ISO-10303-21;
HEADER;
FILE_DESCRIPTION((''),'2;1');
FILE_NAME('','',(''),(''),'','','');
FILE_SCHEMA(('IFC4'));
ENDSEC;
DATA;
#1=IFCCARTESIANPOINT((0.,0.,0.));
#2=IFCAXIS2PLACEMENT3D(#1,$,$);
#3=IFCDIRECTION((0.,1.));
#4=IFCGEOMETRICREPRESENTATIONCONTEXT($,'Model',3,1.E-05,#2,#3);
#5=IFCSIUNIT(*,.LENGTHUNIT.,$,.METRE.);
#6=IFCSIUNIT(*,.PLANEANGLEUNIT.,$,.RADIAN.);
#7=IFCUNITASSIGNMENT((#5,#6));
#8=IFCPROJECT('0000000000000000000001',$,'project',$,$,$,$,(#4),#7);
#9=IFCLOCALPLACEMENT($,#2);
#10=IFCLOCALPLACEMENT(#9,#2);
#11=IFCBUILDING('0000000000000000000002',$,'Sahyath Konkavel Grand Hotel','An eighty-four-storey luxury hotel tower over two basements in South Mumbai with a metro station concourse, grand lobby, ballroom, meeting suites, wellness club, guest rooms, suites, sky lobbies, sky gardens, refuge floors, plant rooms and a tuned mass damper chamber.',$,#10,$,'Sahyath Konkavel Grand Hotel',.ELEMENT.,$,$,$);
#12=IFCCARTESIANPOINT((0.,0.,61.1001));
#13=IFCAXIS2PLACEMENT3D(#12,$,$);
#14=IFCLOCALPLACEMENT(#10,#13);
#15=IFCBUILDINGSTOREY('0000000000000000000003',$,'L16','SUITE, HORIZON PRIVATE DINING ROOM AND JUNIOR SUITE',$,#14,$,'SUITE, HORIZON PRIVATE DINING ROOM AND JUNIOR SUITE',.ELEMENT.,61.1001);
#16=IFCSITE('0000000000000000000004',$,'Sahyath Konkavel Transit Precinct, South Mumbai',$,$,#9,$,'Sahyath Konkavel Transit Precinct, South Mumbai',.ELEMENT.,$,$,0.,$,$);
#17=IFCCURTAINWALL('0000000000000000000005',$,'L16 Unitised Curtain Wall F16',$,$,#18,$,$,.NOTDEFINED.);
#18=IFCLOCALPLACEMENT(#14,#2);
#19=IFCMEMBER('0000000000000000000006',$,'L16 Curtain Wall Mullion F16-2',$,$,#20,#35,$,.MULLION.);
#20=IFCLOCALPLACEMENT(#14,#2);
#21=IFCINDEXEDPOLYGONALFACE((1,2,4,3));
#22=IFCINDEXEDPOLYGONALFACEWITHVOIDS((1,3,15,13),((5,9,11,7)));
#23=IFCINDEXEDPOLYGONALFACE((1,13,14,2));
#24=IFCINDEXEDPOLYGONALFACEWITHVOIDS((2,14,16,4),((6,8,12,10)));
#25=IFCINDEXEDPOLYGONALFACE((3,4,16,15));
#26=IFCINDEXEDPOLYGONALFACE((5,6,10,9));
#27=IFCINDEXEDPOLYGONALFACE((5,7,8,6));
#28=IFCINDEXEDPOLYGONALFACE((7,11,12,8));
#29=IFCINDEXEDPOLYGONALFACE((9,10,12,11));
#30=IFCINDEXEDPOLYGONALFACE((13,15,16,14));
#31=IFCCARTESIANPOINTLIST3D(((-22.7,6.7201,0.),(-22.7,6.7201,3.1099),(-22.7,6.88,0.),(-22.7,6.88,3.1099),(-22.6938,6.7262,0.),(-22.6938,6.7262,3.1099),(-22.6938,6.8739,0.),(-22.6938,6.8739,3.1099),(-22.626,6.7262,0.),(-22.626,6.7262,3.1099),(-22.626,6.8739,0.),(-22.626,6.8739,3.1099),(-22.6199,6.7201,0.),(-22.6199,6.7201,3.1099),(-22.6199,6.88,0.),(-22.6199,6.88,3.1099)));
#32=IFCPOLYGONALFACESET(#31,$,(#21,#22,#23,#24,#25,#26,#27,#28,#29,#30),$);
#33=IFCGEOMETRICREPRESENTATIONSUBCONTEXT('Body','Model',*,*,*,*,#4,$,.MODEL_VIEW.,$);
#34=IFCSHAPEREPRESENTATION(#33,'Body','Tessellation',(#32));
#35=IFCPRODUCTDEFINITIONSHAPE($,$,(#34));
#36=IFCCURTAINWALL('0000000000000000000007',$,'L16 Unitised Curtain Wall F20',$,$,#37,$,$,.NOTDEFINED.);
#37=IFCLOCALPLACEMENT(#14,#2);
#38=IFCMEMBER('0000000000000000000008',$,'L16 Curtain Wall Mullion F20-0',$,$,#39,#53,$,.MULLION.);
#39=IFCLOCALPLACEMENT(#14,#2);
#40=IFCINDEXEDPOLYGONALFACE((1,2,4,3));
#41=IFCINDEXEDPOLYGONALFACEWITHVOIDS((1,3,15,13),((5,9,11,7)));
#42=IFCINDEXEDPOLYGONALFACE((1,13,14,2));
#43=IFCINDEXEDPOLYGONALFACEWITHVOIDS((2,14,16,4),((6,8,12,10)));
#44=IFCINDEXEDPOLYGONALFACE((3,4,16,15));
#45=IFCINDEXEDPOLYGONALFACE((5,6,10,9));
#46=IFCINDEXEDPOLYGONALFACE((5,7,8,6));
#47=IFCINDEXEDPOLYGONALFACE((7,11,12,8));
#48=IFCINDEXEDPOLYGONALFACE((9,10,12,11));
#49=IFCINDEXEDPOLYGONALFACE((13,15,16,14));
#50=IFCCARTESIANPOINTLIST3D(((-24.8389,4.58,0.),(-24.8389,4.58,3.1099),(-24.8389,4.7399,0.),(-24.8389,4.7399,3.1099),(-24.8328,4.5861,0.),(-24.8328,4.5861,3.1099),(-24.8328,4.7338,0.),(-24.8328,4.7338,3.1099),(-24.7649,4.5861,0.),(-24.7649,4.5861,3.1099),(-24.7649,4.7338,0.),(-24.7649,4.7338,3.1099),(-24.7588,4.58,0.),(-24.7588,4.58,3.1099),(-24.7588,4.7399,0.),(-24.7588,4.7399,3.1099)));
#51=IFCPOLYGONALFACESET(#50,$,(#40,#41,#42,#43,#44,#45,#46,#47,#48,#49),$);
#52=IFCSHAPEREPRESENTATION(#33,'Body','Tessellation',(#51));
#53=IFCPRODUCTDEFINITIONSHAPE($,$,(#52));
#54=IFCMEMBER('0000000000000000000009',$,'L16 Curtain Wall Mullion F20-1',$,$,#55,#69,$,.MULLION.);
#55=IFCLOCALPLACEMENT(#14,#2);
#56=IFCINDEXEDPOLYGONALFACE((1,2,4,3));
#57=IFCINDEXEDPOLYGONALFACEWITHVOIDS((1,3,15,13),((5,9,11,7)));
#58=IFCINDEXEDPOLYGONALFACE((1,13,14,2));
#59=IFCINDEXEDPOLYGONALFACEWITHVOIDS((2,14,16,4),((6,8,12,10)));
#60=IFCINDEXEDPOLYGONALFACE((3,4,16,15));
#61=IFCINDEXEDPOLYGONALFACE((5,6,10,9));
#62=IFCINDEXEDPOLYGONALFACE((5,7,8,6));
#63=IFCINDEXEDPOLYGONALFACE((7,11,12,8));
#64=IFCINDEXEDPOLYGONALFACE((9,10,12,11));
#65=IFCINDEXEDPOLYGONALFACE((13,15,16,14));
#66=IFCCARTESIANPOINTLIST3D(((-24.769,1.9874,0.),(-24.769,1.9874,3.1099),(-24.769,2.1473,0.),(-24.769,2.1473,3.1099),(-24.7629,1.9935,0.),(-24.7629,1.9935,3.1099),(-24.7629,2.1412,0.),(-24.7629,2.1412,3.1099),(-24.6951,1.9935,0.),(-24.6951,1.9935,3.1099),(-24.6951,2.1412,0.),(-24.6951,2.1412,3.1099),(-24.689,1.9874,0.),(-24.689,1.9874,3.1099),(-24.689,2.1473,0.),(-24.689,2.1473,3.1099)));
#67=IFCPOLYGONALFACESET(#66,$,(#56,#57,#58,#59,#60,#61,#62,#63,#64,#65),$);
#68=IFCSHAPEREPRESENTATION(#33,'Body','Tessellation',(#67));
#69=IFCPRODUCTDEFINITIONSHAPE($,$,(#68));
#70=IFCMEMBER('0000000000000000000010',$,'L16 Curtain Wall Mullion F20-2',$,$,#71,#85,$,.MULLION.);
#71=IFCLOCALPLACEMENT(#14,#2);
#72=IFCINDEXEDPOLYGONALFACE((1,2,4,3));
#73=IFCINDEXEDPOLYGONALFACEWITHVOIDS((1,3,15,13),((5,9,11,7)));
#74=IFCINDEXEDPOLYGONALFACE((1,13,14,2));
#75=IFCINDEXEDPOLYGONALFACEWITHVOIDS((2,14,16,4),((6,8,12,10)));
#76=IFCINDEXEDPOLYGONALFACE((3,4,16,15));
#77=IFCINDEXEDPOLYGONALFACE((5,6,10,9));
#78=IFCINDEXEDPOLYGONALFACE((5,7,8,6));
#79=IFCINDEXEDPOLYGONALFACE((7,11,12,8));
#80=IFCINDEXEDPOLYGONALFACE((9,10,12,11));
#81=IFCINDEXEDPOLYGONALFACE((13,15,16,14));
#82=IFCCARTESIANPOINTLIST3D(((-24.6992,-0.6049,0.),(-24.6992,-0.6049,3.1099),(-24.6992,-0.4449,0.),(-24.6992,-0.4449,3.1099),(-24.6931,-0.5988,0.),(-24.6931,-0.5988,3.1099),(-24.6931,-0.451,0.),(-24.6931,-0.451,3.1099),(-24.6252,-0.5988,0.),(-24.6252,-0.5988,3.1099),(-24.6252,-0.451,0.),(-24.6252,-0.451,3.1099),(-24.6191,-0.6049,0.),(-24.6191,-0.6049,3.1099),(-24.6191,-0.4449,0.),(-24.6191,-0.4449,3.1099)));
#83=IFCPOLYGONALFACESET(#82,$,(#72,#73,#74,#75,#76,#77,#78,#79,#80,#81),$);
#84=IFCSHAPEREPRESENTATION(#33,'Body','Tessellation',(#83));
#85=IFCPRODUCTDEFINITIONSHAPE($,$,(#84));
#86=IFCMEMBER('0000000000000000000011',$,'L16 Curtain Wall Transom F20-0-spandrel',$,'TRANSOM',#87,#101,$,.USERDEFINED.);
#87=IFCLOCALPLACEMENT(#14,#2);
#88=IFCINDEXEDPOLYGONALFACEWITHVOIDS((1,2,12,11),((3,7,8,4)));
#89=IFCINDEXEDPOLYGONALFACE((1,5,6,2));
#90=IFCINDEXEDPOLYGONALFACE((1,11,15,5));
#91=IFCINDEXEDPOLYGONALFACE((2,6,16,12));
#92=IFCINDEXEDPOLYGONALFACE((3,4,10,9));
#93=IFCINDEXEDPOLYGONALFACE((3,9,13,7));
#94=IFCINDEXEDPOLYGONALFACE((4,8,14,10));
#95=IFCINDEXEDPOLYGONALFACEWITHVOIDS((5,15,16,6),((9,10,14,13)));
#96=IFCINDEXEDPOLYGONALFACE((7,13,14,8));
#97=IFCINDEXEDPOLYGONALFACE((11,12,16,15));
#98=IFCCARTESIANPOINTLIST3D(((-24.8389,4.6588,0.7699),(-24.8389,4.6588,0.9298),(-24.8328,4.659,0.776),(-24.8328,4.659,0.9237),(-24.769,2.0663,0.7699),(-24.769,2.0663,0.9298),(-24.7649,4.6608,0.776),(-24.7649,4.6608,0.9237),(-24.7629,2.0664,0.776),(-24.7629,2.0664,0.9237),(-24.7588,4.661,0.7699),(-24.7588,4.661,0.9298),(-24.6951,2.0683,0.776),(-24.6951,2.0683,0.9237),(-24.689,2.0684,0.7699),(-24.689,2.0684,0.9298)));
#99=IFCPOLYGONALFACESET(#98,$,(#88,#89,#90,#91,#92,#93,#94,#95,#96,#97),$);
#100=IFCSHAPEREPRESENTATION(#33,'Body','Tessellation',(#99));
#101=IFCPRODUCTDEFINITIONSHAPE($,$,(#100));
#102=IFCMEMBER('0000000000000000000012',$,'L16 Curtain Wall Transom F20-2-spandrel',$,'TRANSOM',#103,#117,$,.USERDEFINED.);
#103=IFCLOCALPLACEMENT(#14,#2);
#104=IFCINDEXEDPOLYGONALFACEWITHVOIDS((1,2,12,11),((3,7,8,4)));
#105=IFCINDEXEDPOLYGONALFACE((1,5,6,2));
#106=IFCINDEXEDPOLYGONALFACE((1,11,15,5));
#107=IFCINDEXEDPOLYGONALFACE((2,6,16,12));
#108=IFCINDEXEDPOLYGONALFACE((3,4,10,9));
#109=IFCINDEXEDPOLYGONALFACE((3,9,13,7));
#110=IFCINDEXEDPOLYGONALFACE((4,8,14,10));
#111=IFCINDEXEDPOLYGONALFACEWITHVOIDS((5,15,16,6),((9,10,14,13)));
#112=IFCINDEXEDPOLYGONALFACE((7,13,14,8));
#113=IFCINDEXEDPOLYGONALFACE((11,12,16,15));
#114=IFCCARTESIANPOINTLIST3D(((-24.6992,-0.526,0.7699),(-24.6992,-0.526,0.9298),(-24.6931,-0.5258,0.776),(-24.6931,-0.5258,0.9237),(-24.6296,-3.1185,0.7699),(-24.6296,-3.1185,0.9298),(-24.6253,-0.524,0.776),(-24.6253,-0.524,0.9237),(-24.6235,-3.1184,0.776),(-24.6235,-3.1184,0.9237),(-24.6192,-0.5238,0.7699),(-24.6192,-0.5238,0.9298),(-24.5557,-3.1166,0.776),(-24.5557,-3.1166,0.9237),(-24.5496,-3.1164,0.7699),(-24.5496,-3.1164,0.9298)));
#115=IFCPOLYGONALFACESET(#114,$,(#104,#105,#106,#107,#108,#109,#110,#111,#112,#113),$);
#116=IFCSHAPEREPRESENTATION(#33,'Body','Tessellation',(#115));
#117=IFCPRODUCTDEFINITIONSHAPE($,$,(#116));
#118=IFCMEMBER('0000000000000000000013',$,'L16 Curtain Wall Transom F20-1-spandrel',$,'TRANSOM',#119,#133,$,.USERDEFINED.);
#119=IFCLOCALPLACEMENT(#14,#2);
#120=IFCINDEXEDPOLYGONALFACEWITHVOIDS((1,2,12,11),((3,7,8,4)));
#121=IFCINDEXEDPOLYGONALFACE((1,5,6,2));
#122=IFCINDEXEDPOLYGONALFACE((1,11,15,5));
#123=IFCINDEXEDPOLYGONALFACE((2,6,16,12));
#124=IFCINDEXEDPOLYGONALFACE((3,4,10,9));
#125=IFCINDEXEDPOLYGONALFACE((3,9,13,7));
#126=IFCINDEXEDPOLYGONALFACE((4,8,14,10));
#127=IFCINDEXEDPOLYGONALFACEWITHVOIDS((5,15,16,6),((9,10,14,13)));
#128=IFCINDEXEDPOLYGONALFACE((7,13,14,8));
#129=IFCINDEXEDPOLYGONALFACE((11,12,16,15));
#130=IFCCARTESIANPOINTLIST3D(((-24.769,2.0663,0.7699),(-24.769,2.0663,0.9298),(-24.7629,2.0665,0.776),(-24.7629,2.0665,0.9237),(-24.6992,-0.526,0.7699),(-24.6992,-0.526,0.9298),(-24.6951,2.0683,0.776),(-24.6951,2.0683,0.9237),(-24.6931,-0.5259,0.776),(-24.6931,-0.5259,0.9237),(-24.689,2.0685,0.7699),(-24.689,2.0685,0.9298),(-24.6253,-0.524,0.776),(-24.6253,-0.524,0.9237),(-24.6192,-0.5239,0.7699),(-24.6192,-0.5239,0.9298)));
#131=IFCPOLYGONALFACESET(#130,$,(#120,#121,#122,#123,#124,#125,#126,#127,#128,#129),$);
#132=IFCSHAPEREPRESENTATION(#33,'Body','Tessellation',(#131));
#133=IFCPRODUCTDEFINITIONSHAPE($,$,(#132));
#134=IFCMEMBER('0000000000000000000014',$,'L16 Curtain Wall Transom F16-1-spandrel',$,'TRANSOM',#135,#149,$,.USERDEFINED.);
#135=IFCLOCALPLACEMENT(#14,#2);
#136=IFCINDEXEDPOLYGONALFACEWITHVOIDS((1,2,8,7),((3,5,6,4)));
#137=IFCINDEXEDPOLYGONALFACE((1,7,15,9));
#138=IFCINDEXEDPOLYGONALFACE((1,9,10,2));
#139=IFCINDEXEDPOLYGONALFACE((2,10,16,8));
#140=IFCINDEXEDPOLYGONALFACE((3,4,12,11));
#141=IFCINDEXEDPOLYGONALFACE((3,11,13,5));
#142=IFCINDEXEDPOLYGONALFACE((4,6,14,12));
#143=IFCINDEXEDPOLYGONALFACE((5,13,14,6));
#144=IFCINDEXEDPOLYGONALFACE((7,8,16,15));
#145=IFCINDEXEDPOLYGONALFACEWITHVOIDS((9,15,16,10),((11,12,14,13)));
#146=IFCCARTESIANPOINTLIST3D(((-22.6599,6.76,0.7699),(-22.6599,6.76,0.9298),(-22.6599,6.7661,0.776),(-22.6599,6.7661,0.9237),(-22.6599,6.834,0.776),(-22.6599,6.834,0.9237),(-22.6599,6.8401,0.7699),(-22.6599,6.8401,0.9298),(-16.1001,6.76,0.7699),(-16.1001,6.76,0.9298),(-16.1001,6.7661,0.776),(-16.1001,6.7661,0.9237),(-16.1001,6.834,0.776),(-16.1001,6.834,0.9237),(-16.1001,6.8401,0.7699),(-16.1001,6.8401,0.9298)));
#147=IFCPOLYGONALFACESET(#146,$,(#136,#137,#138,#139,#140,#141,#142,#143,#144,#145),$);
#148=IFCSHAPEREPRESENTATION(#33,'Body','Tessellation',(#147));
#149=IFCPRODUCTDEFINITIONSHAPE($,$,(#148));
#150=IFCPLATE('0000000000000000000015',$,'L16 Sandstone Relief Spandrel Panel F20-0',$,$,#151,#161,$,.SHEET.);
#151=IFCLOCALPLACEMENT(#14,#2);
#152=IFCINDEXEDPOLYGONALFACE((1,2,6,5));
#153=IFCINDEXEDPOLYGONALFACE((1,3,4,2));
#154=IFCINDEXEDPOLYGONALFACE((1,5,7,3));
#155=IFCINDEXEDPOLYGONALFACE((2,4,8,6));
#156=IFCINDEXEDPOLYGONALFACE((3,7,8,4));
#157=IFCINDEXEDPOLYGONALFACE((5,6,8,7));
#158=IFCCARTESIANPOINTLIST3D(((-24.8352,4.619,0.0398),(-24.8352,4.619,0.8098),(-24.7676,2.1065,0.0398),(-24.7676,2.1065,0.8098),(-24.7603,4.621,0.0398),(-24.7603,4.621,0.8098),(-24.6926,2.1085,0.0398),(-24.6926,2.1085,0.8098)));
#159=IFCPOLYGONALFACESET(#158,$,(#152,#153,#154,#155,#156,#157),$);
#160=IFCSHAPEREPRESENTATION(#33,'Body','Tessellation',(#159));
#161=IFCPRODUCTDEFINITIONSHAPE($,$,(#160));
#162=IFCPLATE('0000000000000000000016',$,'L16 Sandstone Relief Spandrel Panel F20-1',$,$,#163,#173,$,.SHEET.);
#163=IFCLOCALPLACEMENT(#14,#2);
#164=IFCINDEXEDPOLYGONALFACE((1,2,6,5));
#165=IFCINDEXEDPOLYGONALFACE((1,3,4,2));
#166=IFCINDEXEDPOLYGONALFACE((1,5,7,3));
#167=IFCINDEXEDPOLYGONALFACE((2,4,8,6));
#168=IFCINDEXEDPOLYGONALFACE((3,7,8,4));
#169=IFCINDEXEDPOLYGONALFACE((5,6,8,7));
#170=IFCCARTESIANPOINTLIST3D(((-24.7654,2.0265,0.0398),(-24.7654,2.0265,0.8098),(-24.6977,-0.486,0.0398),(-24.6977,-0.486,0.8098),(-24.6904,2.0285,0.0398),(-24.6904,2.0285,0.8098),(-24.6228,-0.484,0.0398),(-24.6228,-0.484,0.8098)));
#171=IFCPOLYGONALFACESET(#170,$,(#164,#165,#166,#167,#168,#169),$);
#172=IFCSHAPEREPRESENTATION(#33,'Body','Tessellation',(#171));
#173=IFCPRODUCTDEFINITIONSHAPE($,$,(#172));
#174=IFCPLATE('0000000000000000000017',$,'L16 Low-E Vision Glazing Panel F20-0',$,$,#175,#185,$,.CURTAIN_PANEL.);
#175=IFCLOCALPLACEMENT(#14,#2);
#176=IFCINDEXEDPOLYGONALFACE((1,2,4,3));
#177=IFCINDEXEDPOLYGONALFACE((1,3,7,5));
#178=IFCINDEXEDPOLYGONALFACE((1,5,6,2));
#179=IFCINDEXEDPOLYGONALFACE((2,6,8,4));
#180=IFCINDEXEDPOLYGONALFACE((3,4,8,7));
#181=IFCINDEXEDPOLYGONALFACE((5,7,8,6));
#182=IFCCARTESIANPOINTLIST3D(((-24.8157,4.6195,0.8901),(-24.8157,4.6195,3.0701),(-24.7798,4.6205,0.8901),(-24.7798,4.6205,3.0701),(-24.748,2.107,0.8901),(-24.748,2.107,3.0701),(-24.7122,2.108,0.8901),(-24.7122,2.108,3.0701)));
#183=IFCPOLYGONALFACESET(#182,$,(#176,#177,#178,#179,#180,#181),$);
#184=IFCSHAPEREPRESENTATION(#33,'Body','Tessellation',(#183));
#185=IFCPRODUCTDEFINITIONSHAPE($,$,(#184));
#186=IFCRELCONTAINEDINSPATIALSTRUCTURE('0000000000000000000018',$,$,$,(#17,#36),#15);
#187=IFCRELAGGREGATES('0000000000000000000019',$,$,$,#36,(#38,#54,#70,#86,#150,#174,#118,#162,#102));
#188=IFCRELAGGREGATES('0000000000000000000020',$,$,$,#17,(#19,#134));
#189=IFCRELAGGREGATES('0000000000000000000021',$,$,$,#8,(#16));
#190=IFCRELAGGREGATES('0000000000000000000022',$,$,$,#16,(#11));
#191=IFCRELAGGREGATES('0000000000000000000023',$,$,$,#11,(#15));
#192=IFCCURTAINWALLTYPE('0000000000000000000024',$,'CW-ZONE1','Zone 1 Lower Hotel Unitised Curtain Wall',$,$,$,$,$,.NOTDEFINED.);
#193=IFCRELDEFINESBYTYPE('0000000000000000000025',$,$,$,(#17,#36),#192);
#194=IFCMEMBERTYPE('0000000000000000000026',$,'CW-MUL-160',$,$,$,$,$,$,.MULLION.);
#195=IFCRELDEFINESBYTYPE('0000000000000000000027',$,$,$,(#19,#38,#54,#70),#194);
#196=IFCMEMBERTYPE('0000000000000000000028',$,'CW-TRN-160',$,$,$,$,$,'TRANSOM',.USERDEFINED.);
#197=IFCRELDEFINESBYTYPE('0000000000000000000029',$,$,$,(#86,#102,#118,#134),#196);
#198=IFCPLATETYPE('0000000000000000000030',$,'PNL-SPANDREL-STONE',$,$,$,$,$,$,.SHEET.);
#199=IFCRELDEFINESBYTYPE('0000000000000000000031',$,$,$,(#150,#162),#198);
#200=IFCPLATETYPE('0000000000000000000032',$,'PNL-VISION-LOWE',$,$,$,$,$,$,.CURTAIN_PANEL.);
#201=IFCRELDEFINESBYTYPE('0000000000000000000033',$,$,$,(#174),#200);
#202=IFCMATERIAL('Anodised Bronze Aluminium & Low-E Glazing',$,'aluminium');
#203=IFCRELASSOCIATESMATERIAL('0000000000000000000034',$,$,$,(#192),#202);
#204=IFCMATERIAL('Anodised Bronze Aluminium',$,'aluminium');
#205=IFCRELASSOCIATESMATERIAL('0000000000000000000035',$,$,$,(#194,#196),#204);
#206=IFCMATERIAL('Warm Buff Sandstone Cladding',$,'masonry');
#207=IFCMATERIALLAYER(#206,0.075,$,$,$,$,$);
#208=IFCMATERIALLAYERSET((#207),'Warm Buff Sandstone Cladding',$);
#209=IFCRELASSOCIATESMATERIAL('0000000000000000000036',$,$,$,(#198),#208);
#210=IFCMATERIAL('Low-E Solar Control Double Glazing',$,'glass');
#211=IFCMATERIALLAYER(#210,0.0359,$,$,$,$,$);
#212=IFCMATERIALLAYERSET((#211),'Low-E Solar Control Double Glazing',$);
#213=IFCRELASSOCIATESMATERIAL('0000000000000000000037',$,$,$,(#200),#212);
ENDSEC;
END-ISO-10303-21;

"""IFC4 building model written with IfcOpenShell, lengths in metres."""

from ifc_helpers import new_model, si_unit, direction, frame, origin, origin_2d, place, context, subcontext, project, spatial, rectangle, hollow_rectangle, extrude, source, transform, mapped, material, layer, layer_set, material_profile, profile_set, type_object, element, aggregate, save


model = new_model("IFC4")

# Units and contexts
model_context = context("Model", 3, precision=1e-05, world=origin(), true_north=direction((0.0, 1.0)))
body_context = subcontext(model_context, "Body", "Model", "MODEL_VIEW")
ifc_project = project(units=[si_unit("LENGTHUNIT", "METRE"), si_unit("PLANEANGLEUNIT", "RADIAN")], contexts=[model_context])

# Site, building, storey
site_placement = place(None, origin())
site = spatial("IfcSite", under=ifc_project, at=site_placement, Name="Sahyath Konkavel Transit Precinct, South Mumbai", LongName="Sahyath Konkavel Transit Precinct, South Mumbai", CompositionType="ELEMENT", RefElevation=0.0)
building_placement = place(site_placement, origin())
building = spatial("IfcBuilding", under=site, at=building_placement, Name="Sahyath Konkavel Grand Hotel", Description="An eighty-four-storey luxury hotel tower over two basements in South Mumbai with a metro station concourse, grand lobby, ballroom, meeting suites, wellness club, guest rooms, suites, sky lobbies, sky gardens, refuge floors, plant rooms and a tuned mass damper chamber.", LongName="Sahyath Konkavel Grand Hotel", CompositionType="ELEMENT")
storey_placement = place(building_placement, frame((0.0, 0.0, 61.1001)))
storey = spatial("IfcBuildingStorey", under=building, at=storey_placement, Name="L16", Description="SUITE, HORIZON PRIVATE DINING ROOM AND JUNIOR SUITE", LongName="SUITE, HORIZON PRIVATE DINING ROOM AND JUNIOR SUITE", CompositionType="ELEMENT", Elevation=61.1001)

# Curtain walls, members
ifc_material_1 = material(Name="Anodised Bronze Aluminium & Low-E Glazing", Category="aluminium")
curtain_wall_type = type_object("IfcCurtainWallType", Name="CW-ZONE1", Description="Zone 1 Lower Hotel Unitised Curtain Wall", PredefinedType="NOTDEFINED", material=ifc_material_1)
curtain_wall_1_placement = place(storey_placement, origin())
curtain_wall_1 = element("IfcCurtainWall", 1, at=curtain_wall_1_placement, inside=storey, type_object=curtain_wall_type, Name="L16 Unitised Curtain Wall F16", PredefinedType="NOTDEFINED")
ifc_material_2 = material(Name="Anodised Bronze Aluminium", Category="aluminium")
ifc_material_profile_1 = material_profile(ifc_material_2, hollow_rectangle(XDim=0.0801, YDim=0.1599, WallThickness=0.0061, at=origin_2d()), Name="RHS 160x80x6")
ifc_profile_set_1 = profile_set([ifc_material_profile_1], Name="Anodised Bronze Aluminium")
member_type_1 = type_object("IfcMemberType", Name="CW-MUL-160", PredefinedType="MULLION", material=ifc_profile_set_1)
shared_shape_1 = source(origin(), body_context, "Body", "SweptSolid", [
    extrude(hollow_rectangle(XDim=0.0801, YDim=0.1599, WallThickness=0.0061, at=origin_2d()), origin(), (0.0, 0.0, 1.0), 3.1099),
])
member_1_placement = place(storey_placement, frame((-22.6599, 6.8, 0.0), z_axis=(0.0, 0.0, 1.0), x_axis=(1.0, 0.0, 0.0)))
member_1 = element("IfcMember", 2, at=member_1_placement, type_object=member_type_1, Name="L16 Curtain Wall Mullion F16-2", PredefinedType="MULLION", context=body_context, shape_type="MappedRepresentation", body=[
    mapped(shared_shape_1, transform((0.0, 0.0, 0.0), scale=1.0)),
])
curtain_wall_2_placement = place(storey_placement, origin())
curtain_wall_2 = element("IfcCurtainWall", 3, at=curtain_wall_2_placement, inside=storey, type_object=curtain_wall_type, Name="L16 Unitised Curtain Wall F20", PredefinedType="NOTDEFINED")
member_2_placement = place(storey_placement, frame((-24.7988, 4.6599, 0.0), z_axis=(0.0, 0.0, 1.0), x_axis=(1.0, 0.0, 0.0)))
member_2 = element("IfcMember", 4, at=member_2_placement, type_object=member_type_1, Name="L16 Curtain Wall Mullion F20-0", PredefinedType="MULLION", context=body_context, shape_type="MappedRepresentation", body=[
    mapped(shared_shape_1, transform((0.0, 0.0, 0.0), scale=1.0)),
])
member_3_placement = place(storey_placement, frame((-24.729, 2.0674, 0.0), z_axis=(0.0, 0.0, 1.0), x_axis=(1.0, 0.0, 0.0)))
member_3 = element("IfcMember", 5, at=member_3_placement, type_object=member_type_1, Name="L16 Curtain Wall Mullion F20-1", PredefinedType="MULLION", context=body_context, shape_type="MappedRepresentation", body=[
    mapped(shared_shape_1, transform((0.0, 0.0, 0.0), scale=1.0)),
])
member_4_placement = place(storey_placement, frame((-24.6592, -0.5249, 0.0), z_axis=(0.0, 0.0, 1.0), x_axis=(1.0, 0.0, 0.0)))
member_4 = element("IfcMember", 6, at=member_4_placement, type_object=member_type_1, Name="L16 Curtain Wall Mullion F20-2", PredefinedType="MULLION", context=body_context, shape_type="MappedRepresentation", body=[
    mapped(shared_shape_1, transform((0.0, 0.0, 0.0), scale=1.0)),
])
ifc_material_profile_2 = material_profile(ifc_material_2, hollow_rectangle(XDim=0.0801, YDim=0.1599, WallThickness=0.0061, at=origin_2d()), Name="RHS 160x80x6")
ifc_profile_set_2 = profile_set([ifc_material_profile_2], Name="Anodised Bronze Aluminium")
member_type_2 = type_object("IfcMemberType", Name="CW-TRN-160", ElementType="TRANSOM", PredefinedType="USERDEFINED", material=ifc_profile_set_2)
shared_shape_2 = source(origin(), body_context, "Body", "SweptSolid", [
    extrude(hollow_rectangle(XDim=0.0801, YDim=0.1599, WallThickness=0.0061, at=origin_2d()), origin(), (0.0, 0.0, 1.0), 2.5935),
])
member_5_placement = place(storey_placement, frame((-24.7988, 4.6599, 0.8499), z_axis=(0.026923, -0.999638, 0.0), x_axis=(0.999638, 0.026923, 0.0)))
member_5 = element("IfcMember", 7, at=member_5_placement, type_object=member_type_2, Name="L16 Curtain Wall Transom F20-0-spandrel", ObjectType="TRANSOM", PredefinedType="USERDEFINED", context=body_context, shape_type="MappedRepresentation", body=[
    mapped(shared_shape_2, transform((0.0, 0.0, 0.0), scale=1.0)),
])
member_6_placement = place(storey_placement, frame((-24.6592, -0.5249, 0.8499), z_axis=(0.026829, -0.99964, 0.0), x_axis=(0.99964, 0.026829, 0.0)))
member_6 = element("IfcMember", 8, at=member_6_placement, type_object=member_type_2, Name="L16 Curtain Wall Transom F20-2-spandrel", ObjectType="TRANSOM", PredefinedType="USERDEFINED", context=body_context, shape_type="MappedRepresentation", body=[
    mapped(shared_shape_2, transform((0.0, 0.0, 0.0), scale=1.0)),
])
shared_shape_3 = source(origin(), body_context, "Body", "SweptSolid", [
    extrude(hollow_rectangle(XDim=0.0801, YDim=0.1599, WallThickness=0.0061, at=origin_2d()), origin(), (0.0, 0.0, 1.0), 2.5933),
])
member_7_placement = place(storey_placement, frame((-24.729, 2.0674, 0.8499), z_axis=(0.026926, -0.999637, 0.0), x_axis=(0.999637, 0.026926, 0.0)))
member_7 = element("IfcMember", 9, at=member_7_placement, type_object=member_type_2, Name="L16 Curtain Wall Transom F20-1-spandrel", ObjectType="TRANSOM", PredefinedType="USERDEFINED", context=body_context, shape_type="MappedRepresentation", body=[
    mapped(shared_shape_3, transform((0.0, 0.0, 0.0), scale=1.0)),
])

# Member
shared_shape_4 = source(origin(), body_context, "Body", "SweptSolid", [
    extrude(hollow_rectangle(XDim=0.0801, YDim=0.1599, WallThickness=0.0061, at=origin_2d()), origin(), (0.0, 0.0, 1.0), 6.5598),
])
member_8_placement = place(storey_placement, frame((-16.1001, 6.8, 0.8499), z_axis=(-1.0, 0.0, 0.0), x_axis=(0.0, -1.0, 0.0)))
member_8 = element("IfcMember", 10, at=member_8_placement, type_object=member_type_2, Name="L16 Curtain Wall Transom F16-1-spandrel", ObjectType="TRANSOM", PredefinedType="USERDEFINED", context=body_context, shape_type="MappedRepresentation", body=[
    mapped(shared_shape_4, transform((0.0, 0.0, 0.0), scale=1.0)),
])

# Plates
ifc_material_3 = material(Name="Warm Buff Sandstone Cladding", Category="masonry")
ifc_layer_1 = layer(ifc_material_3, 0.075)
ifc_layer_set_1 = layer_set([ifc_layer_1], Name="Warm Buff Sandstone Cladding")
plate_type_1 = type_object("IfcPlateType", Name="PNL-SPANDREL-STONE", PredefinedType="SHEET", material=ifc_layer_set_1)
shared_shape_5 = source(origin(), body_context, "Body", "SweptSolid", [
    extrude(rectangle(XDim=2.5134, YDim=0.075, at=origin_2d()), origin(), (0.0, 0.0, 1.0), 0.77),
])
plate_1_placement = place(storey_placement, frame((-24.7639, 3.3638, 0.0398), z_axis=(0.0, 0.0, 1.0), x_axis=(0.02691, -0.999638, 0.0)))
plate_1 = element("IfcPlate", 11, at=plate_1_placement, type_object=plate_type_1, Name="L16 Sandstone Relief Spandrel Panel F20-0", PredefinedType="SHEET", context=body_context, shape_type="MappedRepresentation", body=[
    mapped(shared_shape_5, transform((0.0, 0.0, 0.0), scale=1.0)),
])
plate_2_placement = place(storey_placement, frame((-24.6941, 0.7712, 0.0398), z_axis=(0.0, 0.0, 1.0), x_axis=(0.02691, -0.999638, 0.0)))
plate_2 = element("IfcPlate", 12, at=plate_2_placement, type_object=plate_type_1, Name="L16 Sandstone Relief Spandrel Panel F20-1", PredefinedType="SHEET", context=body_context, shape_type="MappedRepresentation", body=[
    mapped(shared_shape_5, transform((0.0, 0.0, 0.0), scale=1.0)),
])
ifc_material_4 = material(Name="Low-E Solar Control Double Glazing", Category="glass")
ifc_layer_2 = layer(ifc_material_4, 0.0359)
ifc_layer_set_2 = layer_set([ifc_layer_2], Name="Low-E Solar Control Double Glazing")
plate_type_2 = type_object("IfcPlateType", Name="PNL-VISION-LOWE", PredefinedType="CURTAIN_PANEL", material=ifc_layer_set_2)
shared_shape_6 = source(origin(), body_context, "Body", "SweptSolid", [
    extrude(rectangle(XDim=2.5134, YDim=0.0359, at=origin_2d()), origin(), (0.0, 0.0, 1.0), 2.1799),
])
plate_3_placement = place(storey_placement, frame((-24.7639, 3.3638, 0.8901), z_axis=(0.0, 0.0, 1.0), x_axis=(0.02691, -0.999638, 0.0)))
plate_3 = element("IfcPlate", 13, at=plate_3_placement, type_object=plate_type_2, Name="L16 Low-E Vision Glazing Panel F20-0", PredefinedType="CURTAIN_PANEL", context=body_context, shape_type="MappedRepresentation", body=[
    mapped(shared_shape_6, transform((0.0, 0.0, 0.0), scale=1.0)),
])
aggregate(curtain_wall_2, [member_2, member_3, member_4, member_5, plate_1, plate_3, member_7, plate_2, member_6])
aggregate(curtain_wall_1, [member_1, member_8])

save(model, "model.ifc")
